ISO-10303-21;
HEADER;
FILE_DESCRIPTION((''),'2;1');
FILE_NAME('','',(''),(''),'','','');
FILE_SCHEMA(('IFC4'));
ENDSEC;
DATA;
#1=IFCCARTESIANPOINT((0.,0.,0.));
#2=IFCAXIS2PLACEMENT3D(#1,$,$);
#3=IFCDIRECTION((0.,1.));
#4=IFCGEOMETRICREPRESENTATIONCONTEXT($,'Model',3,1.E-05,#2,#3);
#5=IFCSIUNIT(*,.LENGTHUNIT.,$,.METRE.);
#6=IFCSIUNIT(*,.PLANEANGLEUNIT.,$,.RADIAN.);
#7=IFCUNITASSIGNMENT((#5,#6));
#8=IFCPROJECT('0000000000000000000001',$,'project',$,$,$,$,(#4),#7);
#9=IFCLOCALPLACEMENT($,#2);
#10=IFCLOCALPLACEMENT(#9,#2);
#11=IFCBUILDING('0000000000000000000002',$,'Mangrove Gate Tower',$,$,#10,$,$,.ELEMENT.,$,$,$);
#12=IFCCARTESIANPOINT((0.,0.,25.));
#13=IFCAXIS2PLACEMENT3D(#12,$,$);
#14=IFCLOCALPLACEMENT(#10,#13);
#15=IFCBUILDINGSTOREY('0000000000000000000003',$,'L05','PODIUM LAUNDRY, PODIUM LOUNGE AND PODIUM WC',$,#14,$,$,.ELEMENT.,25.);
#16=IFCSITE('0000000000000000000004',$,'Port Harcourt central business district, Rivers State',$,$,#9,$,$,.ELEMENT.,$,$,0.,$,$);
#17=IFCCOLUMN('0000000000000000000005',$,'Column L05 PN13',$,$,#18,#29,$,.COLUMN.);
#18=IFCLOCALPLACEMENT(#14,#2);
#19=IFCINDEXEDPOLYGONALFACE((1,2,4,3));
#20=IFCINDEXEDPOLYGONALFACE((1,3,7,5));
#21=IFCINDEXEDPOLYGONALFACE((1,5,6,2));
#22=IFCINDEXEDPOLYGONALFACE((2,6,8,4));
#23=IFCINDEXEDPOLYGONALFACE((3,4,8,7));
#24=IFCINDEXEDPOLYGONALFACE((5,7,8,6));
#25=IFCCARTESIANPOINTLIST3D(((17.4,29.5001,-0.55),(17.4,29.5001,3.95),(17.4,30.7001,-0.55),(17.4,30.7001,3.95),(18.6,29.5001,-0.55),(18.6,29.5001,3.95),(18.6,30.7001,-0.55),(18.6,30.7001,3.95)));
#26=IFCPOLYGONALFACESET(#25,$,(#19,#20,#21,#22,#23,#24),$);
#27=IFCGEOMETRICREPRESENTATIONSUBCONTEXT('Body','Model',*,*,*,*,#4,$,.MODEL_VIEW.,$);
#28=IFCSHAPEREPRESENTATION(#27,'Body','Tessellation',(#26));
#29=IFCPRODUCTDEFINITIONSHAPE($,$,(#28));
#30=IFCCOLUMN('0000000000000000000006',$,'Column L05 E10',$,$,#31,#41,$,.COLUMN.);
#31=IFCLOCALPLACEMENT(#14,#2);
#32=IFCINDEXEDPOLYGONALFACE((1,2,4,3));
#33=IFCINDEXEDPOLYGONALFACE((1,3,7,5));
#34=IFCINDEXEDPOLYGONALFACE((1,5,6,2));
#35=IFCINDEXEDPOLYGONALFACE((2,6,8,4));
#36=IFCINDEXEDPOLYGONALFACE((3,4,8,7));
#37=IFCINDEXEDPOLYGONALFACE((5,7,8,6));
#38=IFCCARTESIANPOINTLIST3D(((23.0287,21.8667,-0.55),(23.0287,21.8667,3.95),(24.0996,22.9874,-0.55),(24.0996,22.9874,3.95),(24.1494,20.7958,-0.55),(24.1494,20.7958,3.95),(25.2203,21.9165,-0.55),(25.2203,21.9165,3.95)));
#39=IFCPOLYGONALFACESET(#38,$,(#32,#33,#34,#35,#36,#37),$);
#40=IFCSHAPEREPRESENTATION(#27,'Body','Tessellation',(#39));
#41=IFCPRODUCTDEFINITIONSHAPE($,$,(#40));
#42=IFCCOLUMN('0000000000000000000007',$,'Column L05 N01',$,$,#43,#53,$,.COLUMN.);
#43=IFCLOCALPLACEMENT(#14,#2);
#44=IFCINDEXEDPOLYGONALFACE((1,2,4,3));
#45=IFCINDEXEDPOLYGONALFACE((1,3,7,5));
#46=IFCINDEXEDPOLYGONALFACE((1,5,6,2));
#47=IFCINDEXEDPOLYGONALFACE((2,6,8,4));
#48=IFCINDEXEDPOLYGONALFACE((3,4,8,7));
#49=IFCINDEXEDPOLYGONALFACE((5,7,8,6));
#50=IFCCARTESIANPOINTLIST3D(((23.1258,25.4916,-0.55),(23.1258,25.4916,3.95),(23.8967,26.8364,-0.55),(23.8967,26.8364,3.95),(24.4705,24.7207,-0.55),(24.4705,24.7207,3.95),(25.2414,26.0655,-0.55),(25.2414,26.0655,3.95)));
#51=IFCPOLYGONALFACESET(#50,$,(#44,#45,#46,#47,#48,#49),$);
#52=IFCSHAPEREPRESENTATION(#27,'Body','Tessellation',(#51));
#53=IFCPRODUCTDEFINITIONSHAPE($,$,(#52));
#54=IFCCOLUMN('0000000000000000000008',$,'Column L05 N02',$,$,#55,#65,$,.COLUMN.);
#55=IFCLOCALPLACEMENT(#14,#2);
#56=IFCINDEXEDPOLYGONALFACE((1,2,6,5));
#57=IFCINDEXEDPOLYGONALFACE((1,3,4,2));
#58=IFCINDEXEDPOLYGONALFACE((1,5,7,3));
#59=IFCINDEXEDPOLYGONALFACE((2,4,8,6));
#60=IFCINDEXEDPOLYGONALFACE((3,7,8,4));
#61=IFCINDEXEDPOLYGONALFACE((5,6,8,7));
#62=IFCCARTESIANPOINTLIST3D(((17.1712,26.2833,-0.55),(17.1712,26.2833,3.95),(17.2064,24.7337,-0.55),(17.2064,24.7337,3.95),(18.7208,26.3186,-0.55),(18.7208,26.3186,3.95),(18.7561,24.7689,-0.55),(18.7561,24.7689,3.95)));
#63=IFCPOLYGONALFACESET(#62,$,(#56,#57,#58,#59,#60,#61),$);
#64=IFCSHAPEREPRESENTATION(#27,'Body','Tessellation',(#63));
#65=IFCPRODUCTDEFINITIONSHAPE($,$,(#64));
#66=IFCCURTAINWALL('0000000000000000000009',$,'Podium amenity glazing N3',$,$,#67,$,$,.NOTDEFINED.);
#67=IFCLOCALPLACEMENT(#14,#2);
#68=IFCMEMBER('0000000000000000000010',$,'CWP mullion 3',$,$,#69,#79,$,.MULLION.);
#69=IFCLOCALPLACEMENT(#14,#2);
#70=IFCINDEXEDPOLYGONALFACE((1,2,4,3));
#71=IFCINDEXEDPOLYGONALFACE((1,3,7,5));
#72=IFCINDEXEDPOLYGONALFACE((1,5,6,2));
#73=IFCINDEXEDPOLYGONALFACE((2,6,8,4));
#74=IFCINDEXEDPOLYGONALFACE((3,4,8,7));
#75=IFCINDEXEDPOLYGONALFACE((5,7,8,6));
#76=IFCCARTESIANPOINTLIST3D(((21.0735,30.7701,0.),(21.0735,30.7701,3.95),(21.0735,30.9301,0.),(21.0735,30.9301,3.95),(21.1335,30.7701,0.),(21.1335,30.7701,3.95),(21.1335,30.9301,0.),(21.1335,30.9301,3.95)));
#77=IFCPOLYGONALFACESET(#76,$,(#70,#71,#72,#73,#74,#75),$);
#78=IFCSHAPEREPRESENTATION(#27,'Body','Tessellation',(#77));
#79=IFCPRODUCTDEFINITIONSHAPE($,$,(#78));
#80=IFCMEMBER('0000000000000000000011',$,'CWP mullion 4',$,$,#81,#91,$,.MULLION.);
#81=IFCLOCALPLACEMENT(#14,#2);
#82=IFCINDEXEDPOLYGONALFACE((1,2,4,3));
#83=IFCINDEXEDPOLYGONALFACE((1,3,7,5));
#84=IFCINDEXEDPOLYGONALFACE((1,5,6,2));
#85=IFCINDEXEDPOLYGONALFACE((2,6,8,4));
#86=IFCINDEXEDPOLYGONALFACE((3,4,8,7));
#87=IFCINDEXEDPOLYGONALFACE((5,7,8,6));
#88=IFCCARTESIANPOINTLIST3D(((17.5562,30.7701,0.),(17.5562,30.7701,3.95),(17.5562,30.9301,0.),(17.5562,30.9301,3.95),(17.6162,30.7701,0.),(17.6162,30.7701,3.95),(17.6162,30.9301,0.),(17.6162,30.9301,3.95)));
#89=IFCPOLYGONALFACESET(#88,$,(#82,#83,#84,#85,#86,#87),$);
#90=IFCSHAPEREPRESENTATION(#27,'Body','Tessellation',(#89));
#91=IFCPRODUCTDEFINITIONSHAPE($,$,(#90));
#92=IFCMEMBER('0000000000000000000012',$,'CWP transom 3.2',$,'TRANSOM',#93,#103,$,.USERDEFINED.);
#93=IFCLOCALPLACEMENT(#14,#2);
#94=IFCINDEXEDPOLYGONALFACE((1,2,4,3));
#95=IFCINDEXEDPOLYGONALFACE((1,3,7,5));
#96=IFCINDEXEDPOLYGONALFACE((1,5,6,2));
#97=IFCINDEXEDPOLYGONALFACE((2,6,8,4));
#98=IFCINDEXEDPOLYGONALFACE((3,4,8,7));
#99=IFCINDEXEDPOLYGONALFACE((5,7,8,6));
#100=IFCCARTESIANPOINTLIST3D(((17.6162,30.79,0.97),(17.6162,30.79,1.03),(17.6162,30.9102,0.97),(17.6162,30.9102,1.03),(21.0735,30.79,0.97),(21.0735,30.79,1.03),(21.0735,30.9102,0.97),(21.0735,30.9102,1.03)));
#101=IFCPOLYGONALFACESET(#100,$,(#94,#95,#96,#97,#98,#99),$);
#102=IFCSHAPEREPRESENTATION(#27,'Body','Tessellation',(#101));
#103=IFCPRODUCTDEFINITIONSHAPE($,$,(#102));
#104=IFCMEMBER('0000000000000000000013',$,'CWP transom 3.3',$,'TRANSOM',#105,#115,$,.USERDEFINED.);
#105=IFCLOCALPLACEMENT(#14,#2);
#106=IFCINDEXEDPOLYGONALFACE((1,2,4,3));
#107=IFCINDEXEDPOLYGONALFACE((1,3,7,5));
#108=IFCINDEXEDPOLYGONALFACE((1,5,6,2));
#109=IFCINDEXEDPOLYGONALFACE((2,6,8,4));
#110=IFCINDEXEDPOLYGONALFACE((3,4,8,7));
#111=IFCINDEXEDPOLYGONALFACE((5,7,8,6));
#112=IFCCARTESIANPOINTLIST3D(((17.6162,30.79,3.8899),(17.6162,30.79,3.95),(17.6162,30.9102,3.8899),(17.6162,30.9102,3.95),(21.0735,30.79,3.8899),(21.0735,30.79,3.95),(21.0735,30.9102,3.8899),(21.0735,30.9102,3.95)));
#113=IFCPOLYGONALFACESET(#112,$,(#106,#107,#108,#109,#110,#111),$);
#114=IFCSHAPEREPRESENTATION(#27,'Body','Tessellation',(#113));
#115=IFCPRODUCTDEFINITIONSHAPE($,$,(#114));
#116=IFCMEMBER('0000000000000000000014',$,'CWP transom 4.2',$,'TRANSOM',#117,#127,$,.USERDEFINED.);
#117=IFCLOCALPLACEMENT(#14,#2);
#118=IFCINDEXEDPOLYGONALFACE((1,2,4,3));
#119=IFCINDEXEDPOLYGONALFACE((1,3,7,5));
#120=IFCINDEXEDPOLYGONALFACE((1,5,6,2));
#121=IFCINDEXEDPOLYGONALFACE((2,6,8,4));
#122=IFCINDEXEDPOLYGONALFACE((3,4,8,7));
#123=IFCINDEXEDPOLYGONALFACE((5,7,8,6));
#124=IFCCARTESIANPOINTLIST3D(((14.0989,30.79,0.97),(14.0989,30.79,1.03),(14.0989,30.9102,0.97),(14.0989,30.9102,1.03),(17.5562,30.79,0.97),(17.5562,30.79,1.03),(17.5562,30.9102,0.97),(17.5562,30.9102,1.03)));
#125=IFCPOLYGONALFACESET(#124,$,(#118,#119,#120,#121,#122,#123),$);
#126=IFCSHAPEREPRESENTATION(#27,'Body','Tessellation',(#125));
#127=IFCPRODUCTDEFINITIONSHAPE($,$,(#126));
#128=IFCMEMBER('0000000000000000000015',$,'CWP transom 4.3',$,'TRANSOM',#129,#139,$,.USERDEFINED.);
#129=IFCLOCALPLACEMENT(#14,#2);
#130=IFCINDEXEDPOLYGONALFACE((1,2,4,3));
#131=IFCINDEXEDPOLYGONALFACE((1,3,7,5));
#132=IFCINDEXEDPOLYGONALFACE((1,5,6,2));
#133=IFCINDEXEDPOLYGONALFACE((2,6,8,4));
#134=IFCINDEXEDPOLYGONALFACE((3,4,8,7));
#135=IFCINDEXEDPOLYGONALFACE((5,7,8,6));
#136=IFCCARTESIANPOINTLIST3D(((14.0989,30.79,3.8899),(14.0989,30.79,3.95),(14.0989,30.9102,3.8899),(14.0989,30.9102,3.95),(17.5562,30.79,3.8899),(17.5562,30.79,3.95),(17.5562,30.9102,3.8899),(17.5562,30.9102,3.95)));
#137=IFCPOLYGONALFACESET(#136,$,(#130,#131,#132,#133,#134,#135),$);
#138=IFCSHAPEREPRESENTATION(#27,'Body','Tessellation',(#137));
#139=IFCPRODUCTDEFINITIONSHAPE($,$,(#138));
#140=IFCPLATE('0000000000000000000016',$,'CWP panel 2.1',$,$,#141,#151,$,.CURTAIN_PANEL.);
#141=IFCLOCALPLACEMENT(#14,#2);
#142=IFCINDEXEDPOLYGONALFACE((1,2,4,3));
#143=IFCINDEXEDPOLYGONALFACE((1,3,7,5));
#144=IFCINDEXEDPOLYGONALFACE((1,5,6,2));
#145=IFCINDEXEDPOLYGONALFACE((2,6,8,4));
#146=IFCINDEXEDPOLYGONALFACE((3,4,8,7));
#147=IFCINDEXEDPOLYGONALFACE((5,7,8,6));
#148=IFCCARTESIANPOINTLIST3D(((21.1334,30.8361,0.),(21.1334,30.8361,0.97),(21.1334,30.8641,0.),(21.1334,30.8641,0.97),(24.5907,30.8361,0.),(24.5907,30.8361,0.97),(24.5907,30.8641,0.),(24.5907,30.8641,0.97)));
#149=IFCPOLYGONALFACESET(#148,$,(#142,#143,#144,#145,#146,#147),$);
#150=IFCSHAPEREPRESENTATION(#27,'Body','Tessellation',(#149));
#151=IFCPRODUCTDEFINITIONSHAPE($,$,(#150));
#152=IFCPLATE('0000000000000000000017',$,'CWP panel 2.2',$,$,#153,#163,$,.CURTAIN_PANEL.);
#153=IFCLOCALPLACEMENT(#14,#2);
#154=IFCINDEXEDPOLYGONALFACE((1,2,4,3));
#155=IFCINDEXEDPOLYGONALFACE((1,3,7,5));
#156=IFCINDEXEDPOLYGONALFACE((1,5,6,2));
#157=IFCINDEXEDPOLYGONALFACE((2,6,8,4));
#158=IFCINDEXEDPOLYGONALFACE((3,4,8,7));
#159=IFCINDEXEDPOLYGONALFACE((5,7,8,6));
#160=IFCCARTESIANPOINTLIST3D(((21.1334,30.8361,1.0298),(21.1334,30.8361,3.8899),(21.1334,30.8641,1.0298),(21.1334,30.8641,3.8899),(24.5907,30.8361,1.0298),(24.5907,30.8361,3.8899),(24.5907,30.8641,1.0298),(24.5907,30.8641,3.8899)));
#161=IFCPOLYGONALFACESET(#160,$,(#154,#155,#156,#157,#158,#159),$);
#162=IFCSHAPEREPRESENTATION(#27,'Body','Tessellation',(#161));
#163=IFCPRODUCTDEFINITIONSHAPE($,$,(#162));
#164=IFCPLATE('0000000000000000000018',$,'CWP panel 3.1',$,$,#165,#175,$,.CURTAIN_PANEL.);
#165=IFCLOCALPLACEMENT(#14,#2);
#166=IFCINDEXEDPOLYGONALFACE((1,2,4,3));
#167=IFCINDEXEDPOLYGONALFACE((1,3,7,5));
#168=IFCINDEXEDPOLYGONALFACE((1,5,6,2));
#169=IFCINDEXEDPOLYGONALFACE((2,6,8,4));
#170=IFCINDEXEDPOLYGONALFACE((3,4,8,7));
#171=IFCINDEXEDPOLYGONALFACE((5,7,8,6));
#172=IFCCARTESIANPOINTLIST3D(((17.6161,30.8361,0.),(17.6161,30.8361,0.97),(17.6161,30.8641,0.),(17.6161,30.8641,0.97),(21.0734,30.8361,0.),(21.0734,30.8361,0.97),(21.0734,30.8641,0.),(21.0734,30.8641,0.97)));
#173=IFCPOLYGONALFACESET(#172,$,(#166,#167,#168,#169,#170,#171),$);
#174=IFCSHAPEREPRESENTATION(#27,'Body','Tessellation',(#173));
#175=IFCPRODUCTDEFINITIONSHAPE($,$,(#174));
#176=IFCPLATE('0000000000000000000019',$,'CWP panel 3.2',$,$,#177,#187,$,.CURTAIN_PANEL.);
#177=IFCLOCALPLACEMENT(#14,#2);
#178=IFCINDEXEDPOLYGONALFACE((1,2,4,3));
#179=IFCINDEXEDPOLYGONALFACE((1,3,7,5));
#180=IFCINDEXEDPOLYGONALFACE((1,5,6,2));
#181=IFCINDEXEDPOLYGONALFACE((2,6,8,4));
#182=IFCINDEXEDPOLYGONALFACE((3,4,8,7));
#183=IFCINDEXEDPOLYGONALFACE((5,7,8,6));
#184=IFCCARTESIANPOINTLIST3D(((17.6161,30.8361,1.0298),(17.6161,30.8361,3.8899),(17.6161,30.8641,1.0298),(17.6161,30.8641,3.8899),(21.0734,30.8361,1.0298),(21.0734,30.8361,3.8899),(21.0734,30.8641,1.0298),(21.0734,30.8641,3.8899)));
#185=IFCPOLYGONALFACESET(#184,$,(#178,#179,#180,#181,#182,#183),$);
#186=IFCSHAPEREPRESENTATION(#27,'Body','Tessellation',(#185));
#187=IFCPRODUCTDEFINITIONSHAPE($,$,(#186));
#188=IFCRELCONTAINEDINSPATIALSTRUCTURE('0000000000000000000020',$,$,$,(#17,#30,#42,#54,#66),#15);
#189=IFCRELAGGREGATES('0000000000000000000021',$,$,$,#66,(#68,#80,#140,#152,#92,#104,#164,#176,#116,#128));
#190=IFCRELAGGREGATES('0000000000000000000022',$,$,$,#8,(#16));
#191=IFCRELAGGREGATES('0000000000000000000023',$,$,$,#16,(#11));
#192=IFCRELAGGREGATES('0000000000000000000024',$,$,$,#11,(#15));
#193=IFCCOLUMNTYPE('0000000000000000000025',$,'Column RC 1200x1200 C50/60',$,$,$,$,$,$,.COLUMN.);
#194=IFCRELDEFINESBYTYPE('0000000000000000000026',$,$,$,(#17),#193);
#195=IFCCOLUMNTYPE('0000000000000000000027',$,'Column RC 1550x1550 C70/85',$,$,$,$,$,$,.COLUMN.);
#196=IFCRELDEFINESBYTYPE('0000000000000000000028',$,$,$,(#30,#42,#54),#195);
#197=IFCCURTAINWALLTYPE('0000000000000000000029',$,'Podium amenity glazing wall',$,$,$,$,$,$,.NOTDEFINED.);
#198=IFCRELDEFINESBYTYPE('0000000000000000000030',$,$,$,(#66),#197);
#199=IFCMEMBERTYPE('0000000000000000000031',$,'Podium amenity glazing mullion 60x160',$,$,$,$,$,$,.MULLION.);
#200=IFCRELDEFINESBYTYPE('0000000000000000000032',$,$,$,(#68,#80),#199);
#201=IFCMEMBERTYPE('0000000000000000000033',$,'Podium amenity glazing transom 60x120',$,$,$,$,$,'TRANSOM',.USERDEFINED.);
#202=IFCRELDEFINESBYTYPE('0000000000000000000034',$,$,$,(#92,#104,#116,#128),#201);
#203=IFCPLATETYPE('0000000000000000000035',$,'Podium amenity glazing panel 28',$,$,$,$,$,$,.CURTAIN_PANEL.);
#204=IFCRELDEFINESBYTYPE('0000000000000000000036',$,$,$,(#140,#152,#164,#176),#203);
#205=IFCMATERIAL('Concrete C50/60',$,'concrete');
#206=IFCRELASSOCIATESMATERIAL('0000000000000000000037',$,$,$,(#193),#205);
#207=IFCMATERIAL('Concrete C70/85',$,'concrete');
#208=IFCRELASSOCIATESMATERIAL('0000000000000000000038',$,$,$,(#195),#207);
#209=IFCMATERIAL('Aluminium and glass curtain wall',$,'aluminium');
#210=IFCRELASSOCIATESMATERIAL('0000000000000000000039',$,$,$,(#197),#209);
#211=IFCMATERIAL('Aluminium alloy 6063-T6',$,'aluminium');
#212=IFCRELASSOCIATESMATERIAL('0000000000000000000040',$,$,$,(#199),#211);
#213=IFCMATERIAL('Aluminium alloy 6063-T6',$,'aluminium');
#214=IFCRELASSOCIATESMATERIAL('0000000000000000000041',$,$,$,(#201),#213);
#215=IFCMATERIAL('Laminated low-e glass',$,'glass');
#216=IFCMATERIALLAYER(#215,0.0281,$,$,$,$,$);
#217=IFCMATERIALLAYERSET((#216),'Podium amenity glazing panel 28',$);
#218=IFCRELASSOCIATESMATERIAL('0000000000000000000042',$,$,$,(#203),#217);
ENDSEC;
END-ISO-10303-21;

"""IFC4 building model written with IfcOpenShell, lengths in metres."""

from ifc_helpers import new_model, si_unit, direction, frame, origin, origin_2d, place, context, subcontext, project, spatial, rectangle, extrude, material, layer, layer_set, material_profile, profile_set, type_object, element, aggregate, save


model = new_model("IFC4")

# Units and contexts
model_context = context("Model", 3, precision=1e-05, world=origin(), true_north=direction((0.0, 1.0)))
body_context = subcontext(model_context, "Body", "Model", "MODEL_VIEW")
ifc_project = project(units=[si_unit("LENGTHUNIT", "METRE"), si_unit("PLANEANGLEUNIT", "RADIAN")], contexts=[model_context])

# Site, building, storey
site_placement = place(None, origin())
site = spatial("IfcSite", under=ifc_project, at=site_placement, Name="Port Harcourt central business district, Rivers State", CompositionType="ELEMENT", RefElevation=0.0)
building_placement = place(site_placement, origin())
building = spatial("IfcBuilding", under=site, at=building_placement, Name="Mangrove Gate Tower", CompositionType="ELEMENT")
storey_placement = place(building_placement, frame((0.0, 0.0, 25.0)))
storey = spatial("IfcBuildingStorey", under=building, at=storey_placement, Name="L05", Description="PODIUM LAUNDRY, PODIUM LOUNGE AND PODIUM WC", CompositionType="ELEMENT", Elevation=25.0)

# Columns
ifc_material_1 = material(Name="Concrete C50/60", Category="concrete")
ifc_material_profile_1 = material_profile(ifc_material_1, rectangle(XDim=1.2, YDim=1.2, at=origin_2d()))
ifc_profile_set_1 = profile_set([ifc_material_profile_1], Name="Concrete C50/60")
column_type_1 = type_object("IfcColumnType", Name="Column RC 1200x1200 C50/60", PredefinedType="COLUMN", material=ifc_profile_set_1)
column_placement = place(storey_placement, frame((18.0, 30.1001, -0.55), z_axis=(0.0, 0.0, 1.0), x_axis=(1.0, 0.0, 0.0)))
element("IfcColumn", 1, at=column_placement, inside=storey, type_object=column_type_1, Name="Column L05 PN13", PredefinedType="COLUMN", context=body_context, shape_type="SweptSolid", body=[
    extrude(rectangle(XDim=1.2, YDim=1.2, at=origin_2d()), origin(), (0.0, 0.0, 1.0), 4.5),
])
ifc_material_2 = material(Name="Concrete C70/85", Category="concrete")
ifc_material_profile_2 = material_profile(ifc_material_2, rectangle(XDim=1.55, YDim=1.55, at=origin_2d()))
ifc_profile_set_2 = profile_set([ifc_material_profile_2], Name="Concrete C70/85")
column_type_2 = type_object("IfcColumnType", Name="Column RC 1550x1550 C70/85", PredefinedType="COLUMN", material=ifc_profile_set_2)
for number, where, z_axis, x_axis, name in (
    (2, (24.1245, 21.8916, -0.55), (0.0, 0.0, 1.0), (-0.72301, 0.690837, 0.0), "Column L05 E10"),
    (3, (24.1836, 25.7786, -0.55), (0.0, 0.0, 1.0), (-0.867551, 0.497349, 0.0), "Column L05 N01"),
    (4, (17.9636, 25.5261, -0.55), (0.0, 0.0, 1.0), (-0.999742, -0.022718, 0.0), "Column L05 N02"),
):
    element("IfcColumn", number, at=place(storey_placement, frame(where, z_axis=z_axis, x_axis=x_axis)), inside=storey, type_object=column_type_2, Name=name, PredefinedType="COLUMN", context=body_context, shape_type="SweptSolid", body=[
        extrude(rectangle(XDim=1.55, YDim=1.55, at=origin_2d()), origin(), (0.0, 0.0, 1.0), 4.5),
    ])

# Curtain wall, members, plates
ifc_material_3 = material(Name="Aluminium and glass curtain wall", Category="aluminium")
curtain_wall_type = type_object("IfcCurtainWallType", Name="Podium amenity glazing wall", PredefinedType="NOTDEFINED", material=ifc_material_3)
curtain_wall_placement = place(storey_placement, origin())
curtain_wall = element("IfcCurtainWall", 5, at=curtain_wall_placement, inside=storey, type_object=curtain_wall_type, Name="Podium amenity glazing N3", PredefinedType="NOTDEFINED")
ifc_material_4 = material(Name="Aluminium alloy 6063-T6", Category="aluminium")
ifc_material_profile_3 = material_profile(ifc_material_4, rectangle(XDim=0.0601, YDim=0.1599, at=origin_2d()))
ifc_profile_set_3 = profile_set([ifc_material_profile_3], Name="Aluminium alloy 6063-T6")
member_type_1 = type_object("IfcMemberType", Name="Podium amenity glazing mullion 60x160", PredefinedType="MULLION", material=ifc_profile_set_3)
member_1_placement = place(storey_placement, frame((21.1035, 30.8501, 0.0), z_axis=(0.0, 0.0, 1.0), x_axis=(-1.0, 0.0, 0.0)))
member_1 = element("IfcMember", 6, at=member_1_placement, type_object=member_type_1, Name="CWP mullion 3", PredefinedType="MULLION", context=body_context, shape_type="SweptSolid", body=[
    extrude(rectangle(XDim=0.0601, YDim=0.1599, at=origin_2d()), origin(), (0.0, 0.0, 1.0), 3.95),
])
member_2_placement = place(storey_placement, frame((17.5862, 30.8501, 0.0), z_axis=(0.0, 0.0, 1.0), x_axis=(-1.0, 0.0, 0.0)))
member_2 = element("IfcMember", 7, at=member_2_placement, type_object=member_type_1, Name="CWP mullion 4", PredefinedType="MULLION", context=body_context, shape_type="SweptSolid", body=[
    extrude(rectangle(XDim=0.0601, YDim=0.1599, at=origin_2d()), origin(), (0.0, 0.0, 1.0), 3.95),
])
ifc_material_5 = material(Name="Aluminium alloy 6063-T6", Category="aluminium")
ifc_material_profile_4 = material_profile(ifc_material_5, rectangle(XDim=0.0601, YDim=0.1201, at=origin_2d()))
ifc_profile_set_4 = profile_set([ifc_material_profile_4], Name="Aluminium alloy 6063-T6")
member_type_2 = type_object("IfcMemberType", Name="Podium amenity glazing transom 60x120", ElementType="TRANSOM", PredefinedType="USERDEFINED", material=ifc_profile_set_4)
member_3_placement = place(storey_placement, frame((21.0735, 30.8501, 1.0), z_axis=(-1.0, 0.0, 0.0), x_axis=(0.0, 0.0, 1.0)))
member_3 = element("IfcMember", 8, at=member_3_placement, type_object=member_type_2, Name="CWP transom 3.2", ObjectType="TRANSOM", PredefinedType="USERDEFINED", context=body_context, shape_type="SweptSolid", body=[
    extrude(rectangle(XDim=0.0601, YDim=0.1201, at=origin_2d()), origin(), (0.0, 0.0, 1.0), 3.4573),
])
member_4_placement = place(storey_placement, frame((21.0735, 30.8501, 3.9199), z_axis=(-1.0, 0.0, 0.0), x_axis=(0.0, 0.0, 1.0)))
member_4 = element("IfcMember", 9, at=member_4_placement, type_object=member_type_2, Name="CWP transom 3.3", ObjectType="TRANSOM", PredefinedType="USERDEFINED", context=body_context, shape_type="SweptSolid", body=[
    extrude(rectangle(XDim=0.0601, YDim=0.1201, at=origin_2d()), origin(), (0.0, 0.0, 1.0), 3.4573),
])
member_5_placement = place(storey_placement, frame((17.5562, 30.8501, 1.0), z_axis=(-1.0, 0.0, 0.0), x_axis=(0.0, 0.0, 1.0)))
member_5 = element("IfcMember", 10, at=member_5_placement, type_object=member_type_2, Name="CWP transom 4.2", ObjectType="TRANSOM", PredefinedType="USERDEFINED", context=body_context, shape_type="SweptSolid", body=[
    extrude(rectangle(XDim=0.0601, YDim=0.1201, at=origin_2d()), origin(), (0.0, 0.0, 1.0), 3.4573),
])
member_6_placement = place(storey_placement, frame((17.5562, 30.8501, 3.9199), z_axis=(-1.0, 0.0, 0.0), x_axis=(0.0, 0.0, 1.0)))
member_6 = element("IfcMember", 11, at=member_6_placement, type_object=member_type_2, Name="CWP transom 4.3", ObjectType="TRANSOM", PredefinedType="USERDEFINED", context=body_context, shape_type="SweptSolid", body=[
    extrude(rectangle(XDim=0.0601, YDim=0.1201, at=origin_2d()), origin(), (0.0, 0.0, 1.0), 3.4573),
])
ifc_material_6 = material(Name="Laminated low-e glass", Category="glass")
ifc_layer_1 = layer(ifc_material_6, 0.0281)
ifc_layer_set_1 = layer_set([ifc_layer_1], Name="Podium amenity glazing panel 28")
plate_type = type_object("IfcPlateType", Name="Podium amenity glazing panel 28", PredefinedType="CURTAIN_PANEL", material=ifc_layer_set_1)
plate_1_placement = place(storey_placement, frame((22.8621, 30.8501, 0.0), z_axis=(0.0, 0.0, 1.0), x_axis=(-1.0, 0.0, 0.0)))
plate_1 = element("IfcPlate", 12, at=plate_1_placement, type_object=plate_type, Name="CWP panel 2.1", PredefinedType="CURTAIN_PANEL", context=body_context, shape_type="SweptSolid", body=[
    extrude(rectangle(XDim=3.4573, YDim=0.0281, at=origin_2d()), origin(), (0.0, 0.0, 1.0), 0.97),
])
plate_2_placement = place(storey_placement, frame((22.8621, 30.8501, 1.0298), z_axis=(0.0, 0.0, 1.0), x_axis=(-1.0, 0.0, 0.0)))
plate_2 = element("IfcPlate", 13, at=plate_2_placement, type_object=plate_type, Name="CWP panel 2.2", PredefinedType="CURTAIN_PANEL", context=body_context, shape_type="SweptSolid", body=[
    extrude(rectangle(XDim=3.4573, YDim=0.0281, at=origin_2d()), origin(), (0.0, 0.0, 1.0), 2.8601),
])
plate_3_placement = place(storey_placement, frame((19.3447, 30.8501, 0.0), z_axis=(0.0, 0.0, 1.0), x_axis=(-1.0, 0.0, 0.0)))
plate_3 = element("IfcPlate", 14, at=plate_3_placement, type_object=plate_type, Name="CWP panel 3.1", PredefinedType="CURTAIN_PANEL", context=body_context, shape_type="SweptSolid", body=[
    extrude(rectangle(XDim=3.4573, YDim=0.0281, at=origin_2d()), origin(), (0.0, 0.0, 1.0), 0.97),
])
plate_4_placement = place(storey_placement, frame((19.3447, 30.8501, 1.0298), z_axis=(0.0, 0.0, 1.0), x_axis=(-1.0, 0.0, 0.0)))
plate_4 = element("IfcPlate", 15, at=plate_4_placement, type_object=plate_type, Name="CWP panel 3.2", PredefinedType="CURTAIN_PANEL", context=body_context, shape_type="SweptSolid", body=[
    extrude(rectangle(XDim=3.4573, YDim=0.0281, at=origin_2d()), origin(), (0.0, 0.0, 1.0), 2.8601),
])
aggregate(curtain_wall, [member_1, member_2, plate_1, plate_2, member_3, member_4, plate_3, plate_4, member_5, member_6])

save(model, "model.ifc")
